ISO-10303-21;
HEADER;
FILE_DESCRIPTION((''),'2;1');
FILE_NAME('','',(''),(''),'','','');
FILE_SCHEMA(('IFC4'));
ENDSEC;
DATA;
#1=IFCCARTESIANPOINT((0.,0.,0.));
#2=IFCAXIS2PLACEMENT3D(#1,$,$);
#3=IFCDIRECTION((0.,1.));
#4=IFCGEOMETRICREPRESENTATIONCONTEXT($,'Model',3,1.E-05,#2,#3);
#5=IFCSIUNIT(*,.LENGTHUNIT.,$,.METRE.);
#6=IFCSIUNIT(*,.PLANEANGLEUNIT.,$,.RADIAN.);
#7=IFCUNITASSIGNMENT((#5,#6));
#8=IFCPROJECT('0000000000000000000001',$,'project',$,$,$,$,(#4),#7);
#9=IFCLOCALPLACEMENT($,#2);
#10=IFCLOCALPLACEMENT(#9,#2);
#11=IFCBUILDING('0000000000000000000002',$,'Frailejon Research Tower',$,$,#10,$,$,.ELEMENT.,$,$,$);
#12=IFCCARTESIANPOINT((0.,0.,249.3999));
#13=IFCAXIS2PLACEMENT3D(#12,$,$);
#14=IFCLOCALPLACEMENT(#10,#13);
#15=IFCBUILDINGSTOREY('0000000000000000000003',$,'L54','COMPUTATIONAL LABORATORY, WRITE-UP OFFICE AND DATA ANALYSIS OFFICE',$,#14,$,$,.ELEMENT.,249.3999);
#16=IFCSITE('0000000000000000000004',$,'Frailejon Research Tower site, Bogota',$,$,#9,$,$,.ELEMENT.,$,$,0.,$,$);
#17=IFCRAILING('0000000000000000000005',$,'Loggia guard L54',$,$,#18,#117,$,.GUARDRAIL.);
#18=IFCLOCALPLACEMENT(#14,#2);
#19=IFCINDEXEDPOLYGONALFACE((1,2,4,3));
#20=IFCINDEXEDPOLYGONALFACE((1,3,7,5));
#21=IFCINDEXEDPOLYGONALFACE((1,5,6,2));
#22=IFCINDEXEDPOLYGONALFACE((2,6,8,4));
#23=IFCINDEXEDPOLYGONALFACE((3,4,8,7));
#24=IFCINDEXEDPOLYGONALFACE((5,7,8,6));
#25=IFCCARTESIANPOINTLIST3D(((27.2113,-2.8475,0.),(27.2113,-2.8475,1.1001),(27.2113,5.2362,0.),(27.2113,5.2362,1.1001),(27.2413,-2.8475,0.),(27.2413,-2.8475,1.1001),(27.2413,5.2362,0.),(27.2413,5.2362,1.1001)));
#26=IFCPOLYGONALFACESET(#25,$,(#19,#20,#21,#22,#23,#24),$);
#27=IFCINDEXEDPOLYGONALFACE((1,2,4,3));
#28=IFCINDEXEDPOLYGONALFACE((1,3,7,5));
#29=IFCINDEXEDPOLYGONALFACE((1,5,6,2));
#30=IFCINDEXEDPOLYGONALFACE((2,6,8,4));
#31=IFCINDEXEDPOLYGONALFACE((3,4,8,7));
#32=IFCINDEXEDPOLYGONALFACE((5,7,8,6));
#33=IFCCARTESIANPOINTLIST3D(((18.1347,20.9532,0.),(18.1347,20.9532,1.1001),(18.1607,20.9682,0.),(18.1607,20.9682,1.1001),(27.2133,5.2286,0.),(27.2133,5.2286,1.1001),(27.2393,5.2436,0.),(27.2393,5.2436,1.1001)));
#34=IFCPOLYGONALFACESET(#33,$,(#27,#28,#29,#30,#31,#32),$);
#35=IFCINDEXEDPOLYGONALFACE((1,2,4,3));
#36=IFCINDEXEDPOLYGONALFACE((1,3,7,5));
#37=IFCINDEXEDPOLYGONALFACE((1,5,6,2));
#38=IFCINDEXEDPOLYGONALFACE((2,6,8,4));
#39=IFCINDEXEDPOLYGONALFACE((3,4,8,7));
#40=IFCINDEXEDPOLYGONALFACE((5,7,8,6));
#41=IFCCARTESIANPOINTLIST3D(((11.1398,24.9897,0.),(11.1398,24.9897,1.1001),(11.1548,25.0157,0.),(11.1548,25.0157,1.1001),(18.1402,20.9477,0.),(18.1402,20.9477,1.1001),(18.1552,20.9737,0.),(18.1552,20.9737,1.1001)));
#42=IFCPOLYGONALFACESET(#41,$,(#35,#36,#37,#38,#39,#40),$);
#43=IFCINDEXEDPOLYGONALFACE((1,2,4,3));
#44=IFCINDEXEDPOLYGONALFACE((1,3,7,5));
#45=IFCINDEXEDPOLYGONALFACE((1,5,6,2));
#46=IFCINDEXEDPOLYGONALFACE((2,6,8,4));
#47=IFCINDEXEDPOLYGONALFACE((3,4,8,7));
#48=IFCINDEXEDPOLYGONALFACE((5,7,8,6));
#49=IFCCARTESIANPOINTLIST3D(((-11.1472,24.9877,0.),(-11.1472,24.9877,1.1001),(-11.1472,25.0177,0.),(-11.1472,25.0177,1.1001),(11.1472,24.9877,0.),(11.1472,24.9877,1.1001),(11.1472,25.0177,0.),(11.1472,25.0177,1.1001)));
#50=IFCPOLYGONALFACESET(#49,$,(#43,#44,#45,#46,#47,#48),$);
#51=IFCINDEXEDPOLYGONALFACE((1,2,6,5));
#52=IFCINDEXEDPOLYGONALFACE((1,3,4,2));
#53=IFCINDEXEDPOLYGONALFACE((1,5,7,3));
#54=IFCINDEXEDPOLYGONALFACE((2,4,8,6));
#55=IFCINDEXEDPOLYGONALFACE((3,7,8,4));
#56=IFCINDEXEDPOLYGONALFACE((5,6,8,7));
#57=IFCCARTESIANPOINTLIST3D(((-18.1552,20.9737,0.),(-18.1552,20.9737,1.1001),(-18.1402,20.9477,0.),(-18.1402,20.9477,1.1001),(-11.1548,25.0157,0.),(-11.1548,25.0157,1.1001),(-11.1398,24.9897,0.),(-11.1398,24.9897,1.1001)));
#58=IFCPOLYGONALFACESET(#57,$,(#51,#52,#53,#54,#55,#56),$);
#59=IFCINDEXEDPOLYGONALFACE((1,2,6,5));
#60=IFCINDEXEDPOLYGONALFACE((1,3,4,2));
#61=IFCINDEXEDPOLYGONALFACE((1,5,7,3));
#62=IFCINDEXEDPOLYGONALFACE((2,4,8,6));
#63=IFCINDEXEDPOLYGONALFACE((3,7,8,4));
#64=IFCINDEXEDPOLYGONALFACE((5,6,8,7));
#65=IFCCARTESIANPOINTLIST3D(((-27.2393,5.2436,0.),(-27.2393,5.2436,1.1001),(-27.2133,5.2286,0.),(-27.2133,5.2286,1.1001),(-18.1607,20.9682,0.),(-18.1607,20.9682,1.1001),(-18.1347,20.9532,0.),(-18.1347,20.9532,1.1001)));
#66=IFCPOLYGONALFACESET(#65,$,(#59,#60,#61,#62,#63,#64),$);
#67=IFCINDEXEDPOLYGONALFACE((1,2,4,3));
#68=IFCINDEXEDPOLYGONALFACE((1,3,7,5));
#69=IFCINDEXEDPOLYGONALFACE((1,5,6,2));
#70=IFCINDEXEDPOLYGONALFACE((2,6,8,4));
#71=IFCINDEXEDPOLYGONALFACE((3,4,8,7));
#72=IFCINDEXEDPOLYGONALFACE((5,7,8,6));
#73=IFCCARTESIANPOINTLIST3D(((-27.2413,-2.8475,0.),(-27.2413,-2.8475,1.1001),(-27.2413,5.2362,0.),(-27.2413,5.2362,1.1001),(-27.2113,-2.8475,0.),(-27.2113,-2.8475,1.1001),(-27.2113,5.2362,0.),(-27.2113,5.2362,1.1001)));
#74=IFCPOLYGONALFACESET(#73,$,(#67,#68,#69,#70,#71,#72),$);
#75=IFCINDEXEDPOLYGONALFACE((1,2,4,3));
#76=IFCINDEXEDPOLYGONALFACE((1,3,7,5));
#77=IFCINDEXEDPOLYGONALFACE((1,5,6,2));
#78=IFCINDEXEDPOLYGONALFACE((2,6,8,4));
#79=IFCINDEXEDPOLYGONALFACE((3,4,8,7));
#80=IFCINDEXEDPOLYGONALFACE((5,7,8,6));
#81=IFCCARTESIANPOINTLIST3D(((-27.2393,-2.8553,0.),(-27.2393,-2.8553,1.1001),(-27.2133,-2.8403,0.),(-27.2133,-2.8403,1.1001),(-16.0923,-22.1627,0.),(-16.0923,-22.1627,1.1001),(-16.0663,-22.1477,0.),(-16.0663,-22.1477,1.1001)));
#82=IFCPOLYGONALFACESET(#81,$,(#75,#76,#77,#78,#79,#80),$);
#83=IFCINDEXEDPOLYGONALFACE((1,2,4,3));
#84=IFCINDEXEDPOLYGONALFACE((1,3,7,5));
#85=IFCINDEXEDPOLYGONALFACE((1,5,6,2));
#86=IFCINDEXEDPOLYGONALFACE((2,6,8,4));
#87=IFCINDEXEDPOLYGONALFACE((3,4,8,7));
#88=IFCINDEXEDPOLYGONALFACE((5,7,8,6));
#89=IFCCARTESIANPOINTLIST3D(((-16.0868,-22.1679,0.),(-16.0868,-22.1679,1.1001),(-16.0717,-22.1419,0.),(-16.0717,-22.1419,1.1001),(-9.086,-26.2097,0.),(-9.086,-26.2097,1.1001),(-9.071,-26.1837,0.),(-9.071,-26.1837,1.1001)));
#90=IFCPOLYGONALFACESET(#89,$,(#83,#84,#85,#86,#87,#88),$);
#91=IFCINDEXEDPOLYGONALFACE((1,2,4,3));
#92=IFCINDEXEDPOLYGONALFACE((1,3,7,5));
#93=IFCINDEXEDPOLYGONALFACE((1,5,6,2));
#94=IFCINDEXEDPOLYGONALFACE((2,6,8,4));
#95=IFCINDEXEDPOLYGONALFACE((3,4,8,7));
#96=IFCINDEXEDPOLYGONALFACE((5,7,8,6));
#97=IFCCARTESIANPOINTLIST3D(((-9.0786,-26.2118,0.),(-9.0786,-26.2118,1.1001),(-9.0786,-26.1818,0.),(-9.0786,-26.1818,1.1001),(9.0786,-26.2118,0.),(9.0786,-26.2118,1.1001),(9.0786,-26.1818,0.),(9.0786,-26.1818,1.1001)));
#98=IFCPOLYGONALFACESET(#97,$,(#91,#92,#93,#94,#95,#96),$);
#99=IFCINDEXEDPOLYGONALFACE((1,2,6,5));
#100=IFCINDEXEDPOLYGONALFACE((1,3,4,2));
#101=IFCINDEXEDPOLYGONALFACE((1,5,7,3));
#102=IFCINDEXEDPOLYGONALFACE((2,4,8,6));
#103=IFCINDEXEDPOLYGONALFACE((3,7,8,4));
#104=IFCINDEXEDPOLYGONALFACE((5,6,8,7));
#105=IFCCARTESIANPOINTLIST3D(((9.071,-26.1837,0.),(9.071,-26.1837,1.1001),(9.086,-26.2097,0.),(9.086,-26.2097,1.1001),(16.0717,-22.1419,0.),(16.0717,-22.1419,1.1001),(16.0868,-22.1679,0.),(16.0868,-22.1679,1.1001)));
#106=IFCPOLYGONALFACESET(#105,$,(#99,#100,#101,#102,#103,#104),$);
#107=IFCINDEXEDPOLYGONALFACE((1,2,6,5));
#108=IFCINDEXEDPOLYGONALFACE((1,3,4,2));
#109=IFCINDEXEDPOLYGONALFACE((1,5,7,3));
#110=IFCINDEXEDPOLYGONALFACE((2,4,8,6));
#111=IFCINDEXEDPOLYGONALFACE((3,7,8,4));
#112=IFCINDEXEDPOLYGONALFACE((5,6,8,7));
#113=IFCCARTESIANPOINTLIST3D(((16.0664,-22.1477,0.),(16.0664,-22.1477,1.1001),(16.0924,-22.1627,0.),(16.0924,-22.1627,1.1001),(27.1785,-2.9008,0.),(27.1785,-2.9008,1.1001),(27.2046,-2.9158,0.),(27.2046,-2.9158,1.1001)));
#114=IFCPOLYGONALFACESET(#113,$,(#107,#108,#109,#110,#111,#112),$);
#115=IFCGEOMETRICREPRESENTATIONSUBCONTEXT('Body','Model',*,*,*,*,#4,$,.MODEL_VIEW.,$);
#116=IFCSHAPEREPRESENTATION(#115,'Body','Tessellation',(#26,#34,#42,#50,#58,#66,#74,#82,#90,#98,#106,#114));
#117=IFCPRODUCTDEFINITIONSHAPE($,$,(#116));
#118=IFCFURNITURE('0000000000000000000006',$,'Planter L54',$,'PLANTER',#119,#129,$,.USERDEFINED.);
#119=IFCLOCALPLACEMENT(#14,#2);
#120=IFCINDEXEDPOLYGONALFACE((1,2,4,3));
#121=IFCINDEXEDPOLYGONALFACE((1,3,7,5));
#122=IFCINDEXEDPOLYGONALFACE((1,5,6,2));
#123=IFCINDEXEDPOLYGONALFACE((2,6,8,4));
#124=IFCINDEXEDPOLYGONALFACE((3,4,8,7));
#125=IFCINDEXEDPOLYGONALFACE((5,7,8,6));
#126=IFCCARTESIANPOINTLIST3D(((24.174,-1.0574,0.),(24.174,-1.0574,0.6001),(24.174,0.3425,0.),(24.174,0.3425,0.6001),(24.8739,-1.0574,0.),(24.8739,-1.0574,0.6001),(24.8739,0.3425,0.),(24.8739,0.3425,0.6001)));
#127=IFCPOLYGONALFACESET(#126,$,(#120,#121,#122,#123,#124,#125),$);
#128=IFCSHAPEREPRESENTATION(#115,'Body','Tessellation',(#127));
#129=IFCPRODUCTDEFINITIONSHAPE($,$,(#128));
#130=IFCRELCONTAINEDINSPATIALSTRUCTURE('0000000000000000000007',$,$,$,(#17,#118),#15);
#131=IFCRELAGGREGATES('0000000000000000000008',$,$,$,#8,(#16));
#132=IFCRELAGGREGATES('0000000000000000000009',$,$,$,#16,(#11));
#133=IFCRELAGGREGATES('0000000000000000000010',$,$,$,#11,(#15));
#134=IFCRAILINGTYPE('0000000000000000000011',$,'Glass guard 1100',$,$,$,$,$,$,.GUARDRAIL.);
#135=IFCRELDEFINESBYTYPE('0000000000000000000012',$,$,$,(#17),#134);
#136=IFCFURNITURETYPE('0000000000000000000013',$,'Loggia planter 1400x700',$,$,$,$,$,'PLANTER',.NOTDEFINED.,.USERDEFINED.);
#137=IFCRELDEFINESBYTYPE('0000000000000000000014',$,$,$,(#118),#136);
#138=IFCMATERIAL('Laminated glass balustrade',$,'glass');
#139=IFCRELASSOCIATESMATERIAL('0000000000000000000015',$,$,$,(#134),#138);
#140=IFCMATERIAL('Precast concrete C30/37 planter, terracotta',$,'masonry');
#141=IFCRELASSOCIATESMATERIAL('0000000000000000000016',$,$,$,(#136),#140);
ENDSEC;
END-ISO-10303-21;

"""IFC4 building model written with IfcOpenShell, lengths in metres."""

from ifc_helpers import new_model, si_unit, direction, frame, origin, origin_2d, place, context, subcontext, project, spatial, rectangle, extrude, material, type_object, element, save


model = new_model("IFC4")

# Units and contexts
model_context = context("Model", 3, precision=1e-05, world=origin(), true_north=direction((0.0, 1.0)))
body_context = subcontext(model_context, "Body", "Model", "MODEL_VIEW")
ifc_project = project(units=[si_unit("LENGTHUNIT", "METRE"), si_unit("PLANEANGLEUNIT", "RADIAN")], contexts=[model_context])

# Site, building, storey
site_placement = place(None, origin())
site = spatial("IfcSite", under=ifc_project, at=site_placement, Name="Frailejon Research Tower site, Bogota", CompositionType="ELEMENT", RefElevation=0.0)
building_placement = place(site_placement, origin())
building = spatial("IfcBuilding", under=site, at=building_placement, Name="Frailejon Research Tower", CompositionType="ELEMENT")
storey_placement = place(building_placement, frame((0.0, 0.0, 249.3999)))
storey = spatial("IfcBuildingStorey", under=building, at=storey_placement, Name="L54", Description="COMPUTATIONAL LABORATORY, WRITE-UP OFFICE AND DATA ANALYSIS OFFICE", CompositionType="ELEMENT", Elevation=249.3999)

# Railing
ifc_material_1 = material(Name="Laminated glass balustrade", Category="glass")
railing_type = type_object("IfcRailingType", Name="Glass guard 1100", PredefinedType="GUARDRAIL", material=ifc_material_1)
railing_placement = place(storey_placement, frame((27.2263, -2.8477, 0.0)))
element("IfcRailing", 1, at=railing_placement, inside=storey, type_object=railing_type, Name="Loggia guard L54", PredefinedType="GUARDRAIL", context=body_context, shape_type="SweptSolid", body=[
    extrude(rectangle(XDim=8.0837, YDim=0.03, at=origin_2d()), frame((0.0, 4.042, 0.0), z_axis=(0.0, 0.0, 1.0), x_axis=(0.0, 1.0, 0.0)), (0.0, 0.0, 1.0), 1.1001),
    extrude(rectangle(XDim=18.1572, YDim=0.03, at=origin_2d()), frame((-4.5393, 15.946, 0.0), z_axis=(0.0, 0.0, 1.0), x_axis=(-0.5, 0.866025, 0.0)), (0.0, 0.0, 1.0), 1.1001),
    extrude(rectangle(XDim=8.0835, YDim=0.03, at=origin_2d()), frame((-12.5789, 25.8293, 0.0), z_axis=(0.0, 0.0, 1.0), x_axis=(-0.866012, 0.500024, 0.0)), (0.0, 0.0, 1.0), 1.1001),
    extrude(rectangle(XDim=22.2944, YDim=0.03, at=origin_2d()), frame((-27.2263, 27.8503, 0.0), z_axis=(0.0, 0.0, 1.0), x_axis=(-1.0, 0.0, 0.0)), (0.0, 0.0, 1.0), 1.1001),
    extrude(rectangle(XDim=8.0835, YDim=0.03, at=origin_2d()), frame((-41.8738, 25.8293, 0.0), z_axis=(0.0, 0.0, 1.0), x_axis=(-0.866012, -0.500024, 0.0)), (0.0, 0.0, 1.0), 1.1001),
    extrude(rectangle(XDim=18.1572, YDim=0.03, at=origin_2d()), frame((-49.9133, 15.946, 0.0), z_axis=(0.0, 0.0, 1.0), x_axis=(-0.5, -0.866025, 0.0)), (0.0, 0.0, 1.0), 1.1001),
    extrude(rectangle(XDim=8.0837, YDim=0.03, at=origin_2d()), frame((-54.4526, 4.042, 0.0), z_axis=(0.0, 0.0, 1.0), x_axis=(0.0, -1.0, 0.0)), (0.0, 0.0, 1.0), 1.1001),
    extrude(rectangle(XDim=22.2942, YDim=0.03, at=origin_2d()), frame((-48.8792, -9.6538, 0.0), z_axis=(0.0, 0.0, 1.0), x_axis=(0.499995, -0.866028, 0.0)), (0.0, 0.0, 1.0), 1.1001),
    extrude(rectangle(XDim=8.0837, YDim=0.03, at=origin_2d()), frame((-39.8052, -21.3281, 0.0), z_axis=(0.0, 0.0, 1.0), x_axis=(0.866032, -0.499988, 0.0)), (0.0, 0.0, 1.0), 1.1001),
    extrude(rectangle(XDim=18.1572, YDim=0.03, at=origin_2d()), frame((-27.2263, -23.3491, 0.0), z_axis=(0.0, 0.0, 1.0), x_axis=(1.0, 0.0, 0.0)), (0.0, 0.0, 1.0), 1.1001),
    extrude(rectangle(XDim=8.0837, YDim=0.03, at=origin_2d()), frame((-14.6475, -21.3281, 0.0), z_axis=(0.0, 0.0, 1.0), x_axis=(0.866032, 0.499988, 0.0)), (0.0, 0.0, 1.0), 1.1001),
    extrude(rectangle(XDim=22.2244, YDim=0.03, at=origin_2d()), frame((-5.5908, -9.6841, 0.0), z_axis=(0.0, 0.0, 1.0), x_axis=(0.499997, 0.866027, 0.0)), (0.0, 0.0, 1.0), 1.1001),
])

# Furniture
ifc_material_2 = material(Name="Precast concrete C30/37 planter, terracotta", Category="masonry")
furniture_type = type_object("IfcFurnitureType", Name="Loggia planter 1400x700", ElementType="PLANTER", AssemblyPlace="NOTDEFINED", PredefinedType="USERDEFINED", material=ifc_material_2)
furniture_placement = place(storey_placement, frame((24.5239, -0.3574, 0.0), z_axis=(0.0, 0.0, 1.0), x_axis=(0.0, 1.0, 0.0)))
element("IfcFurniture", 2, at=furniture_placement, inside=storey, type_object=furniture_type, Name="Planter L54", ObjectType="PLANTER", PredefinedType="USERDEFINED", context=body_context, shape_type="SweptSolid", body=[
    extrude(rectangle(XDim=1.3999, YDim=0.7, at=origin_2d()), origin(), (0.0, 0.0, 1.0), 0.6001),
])

save(model, "model.ifc")
